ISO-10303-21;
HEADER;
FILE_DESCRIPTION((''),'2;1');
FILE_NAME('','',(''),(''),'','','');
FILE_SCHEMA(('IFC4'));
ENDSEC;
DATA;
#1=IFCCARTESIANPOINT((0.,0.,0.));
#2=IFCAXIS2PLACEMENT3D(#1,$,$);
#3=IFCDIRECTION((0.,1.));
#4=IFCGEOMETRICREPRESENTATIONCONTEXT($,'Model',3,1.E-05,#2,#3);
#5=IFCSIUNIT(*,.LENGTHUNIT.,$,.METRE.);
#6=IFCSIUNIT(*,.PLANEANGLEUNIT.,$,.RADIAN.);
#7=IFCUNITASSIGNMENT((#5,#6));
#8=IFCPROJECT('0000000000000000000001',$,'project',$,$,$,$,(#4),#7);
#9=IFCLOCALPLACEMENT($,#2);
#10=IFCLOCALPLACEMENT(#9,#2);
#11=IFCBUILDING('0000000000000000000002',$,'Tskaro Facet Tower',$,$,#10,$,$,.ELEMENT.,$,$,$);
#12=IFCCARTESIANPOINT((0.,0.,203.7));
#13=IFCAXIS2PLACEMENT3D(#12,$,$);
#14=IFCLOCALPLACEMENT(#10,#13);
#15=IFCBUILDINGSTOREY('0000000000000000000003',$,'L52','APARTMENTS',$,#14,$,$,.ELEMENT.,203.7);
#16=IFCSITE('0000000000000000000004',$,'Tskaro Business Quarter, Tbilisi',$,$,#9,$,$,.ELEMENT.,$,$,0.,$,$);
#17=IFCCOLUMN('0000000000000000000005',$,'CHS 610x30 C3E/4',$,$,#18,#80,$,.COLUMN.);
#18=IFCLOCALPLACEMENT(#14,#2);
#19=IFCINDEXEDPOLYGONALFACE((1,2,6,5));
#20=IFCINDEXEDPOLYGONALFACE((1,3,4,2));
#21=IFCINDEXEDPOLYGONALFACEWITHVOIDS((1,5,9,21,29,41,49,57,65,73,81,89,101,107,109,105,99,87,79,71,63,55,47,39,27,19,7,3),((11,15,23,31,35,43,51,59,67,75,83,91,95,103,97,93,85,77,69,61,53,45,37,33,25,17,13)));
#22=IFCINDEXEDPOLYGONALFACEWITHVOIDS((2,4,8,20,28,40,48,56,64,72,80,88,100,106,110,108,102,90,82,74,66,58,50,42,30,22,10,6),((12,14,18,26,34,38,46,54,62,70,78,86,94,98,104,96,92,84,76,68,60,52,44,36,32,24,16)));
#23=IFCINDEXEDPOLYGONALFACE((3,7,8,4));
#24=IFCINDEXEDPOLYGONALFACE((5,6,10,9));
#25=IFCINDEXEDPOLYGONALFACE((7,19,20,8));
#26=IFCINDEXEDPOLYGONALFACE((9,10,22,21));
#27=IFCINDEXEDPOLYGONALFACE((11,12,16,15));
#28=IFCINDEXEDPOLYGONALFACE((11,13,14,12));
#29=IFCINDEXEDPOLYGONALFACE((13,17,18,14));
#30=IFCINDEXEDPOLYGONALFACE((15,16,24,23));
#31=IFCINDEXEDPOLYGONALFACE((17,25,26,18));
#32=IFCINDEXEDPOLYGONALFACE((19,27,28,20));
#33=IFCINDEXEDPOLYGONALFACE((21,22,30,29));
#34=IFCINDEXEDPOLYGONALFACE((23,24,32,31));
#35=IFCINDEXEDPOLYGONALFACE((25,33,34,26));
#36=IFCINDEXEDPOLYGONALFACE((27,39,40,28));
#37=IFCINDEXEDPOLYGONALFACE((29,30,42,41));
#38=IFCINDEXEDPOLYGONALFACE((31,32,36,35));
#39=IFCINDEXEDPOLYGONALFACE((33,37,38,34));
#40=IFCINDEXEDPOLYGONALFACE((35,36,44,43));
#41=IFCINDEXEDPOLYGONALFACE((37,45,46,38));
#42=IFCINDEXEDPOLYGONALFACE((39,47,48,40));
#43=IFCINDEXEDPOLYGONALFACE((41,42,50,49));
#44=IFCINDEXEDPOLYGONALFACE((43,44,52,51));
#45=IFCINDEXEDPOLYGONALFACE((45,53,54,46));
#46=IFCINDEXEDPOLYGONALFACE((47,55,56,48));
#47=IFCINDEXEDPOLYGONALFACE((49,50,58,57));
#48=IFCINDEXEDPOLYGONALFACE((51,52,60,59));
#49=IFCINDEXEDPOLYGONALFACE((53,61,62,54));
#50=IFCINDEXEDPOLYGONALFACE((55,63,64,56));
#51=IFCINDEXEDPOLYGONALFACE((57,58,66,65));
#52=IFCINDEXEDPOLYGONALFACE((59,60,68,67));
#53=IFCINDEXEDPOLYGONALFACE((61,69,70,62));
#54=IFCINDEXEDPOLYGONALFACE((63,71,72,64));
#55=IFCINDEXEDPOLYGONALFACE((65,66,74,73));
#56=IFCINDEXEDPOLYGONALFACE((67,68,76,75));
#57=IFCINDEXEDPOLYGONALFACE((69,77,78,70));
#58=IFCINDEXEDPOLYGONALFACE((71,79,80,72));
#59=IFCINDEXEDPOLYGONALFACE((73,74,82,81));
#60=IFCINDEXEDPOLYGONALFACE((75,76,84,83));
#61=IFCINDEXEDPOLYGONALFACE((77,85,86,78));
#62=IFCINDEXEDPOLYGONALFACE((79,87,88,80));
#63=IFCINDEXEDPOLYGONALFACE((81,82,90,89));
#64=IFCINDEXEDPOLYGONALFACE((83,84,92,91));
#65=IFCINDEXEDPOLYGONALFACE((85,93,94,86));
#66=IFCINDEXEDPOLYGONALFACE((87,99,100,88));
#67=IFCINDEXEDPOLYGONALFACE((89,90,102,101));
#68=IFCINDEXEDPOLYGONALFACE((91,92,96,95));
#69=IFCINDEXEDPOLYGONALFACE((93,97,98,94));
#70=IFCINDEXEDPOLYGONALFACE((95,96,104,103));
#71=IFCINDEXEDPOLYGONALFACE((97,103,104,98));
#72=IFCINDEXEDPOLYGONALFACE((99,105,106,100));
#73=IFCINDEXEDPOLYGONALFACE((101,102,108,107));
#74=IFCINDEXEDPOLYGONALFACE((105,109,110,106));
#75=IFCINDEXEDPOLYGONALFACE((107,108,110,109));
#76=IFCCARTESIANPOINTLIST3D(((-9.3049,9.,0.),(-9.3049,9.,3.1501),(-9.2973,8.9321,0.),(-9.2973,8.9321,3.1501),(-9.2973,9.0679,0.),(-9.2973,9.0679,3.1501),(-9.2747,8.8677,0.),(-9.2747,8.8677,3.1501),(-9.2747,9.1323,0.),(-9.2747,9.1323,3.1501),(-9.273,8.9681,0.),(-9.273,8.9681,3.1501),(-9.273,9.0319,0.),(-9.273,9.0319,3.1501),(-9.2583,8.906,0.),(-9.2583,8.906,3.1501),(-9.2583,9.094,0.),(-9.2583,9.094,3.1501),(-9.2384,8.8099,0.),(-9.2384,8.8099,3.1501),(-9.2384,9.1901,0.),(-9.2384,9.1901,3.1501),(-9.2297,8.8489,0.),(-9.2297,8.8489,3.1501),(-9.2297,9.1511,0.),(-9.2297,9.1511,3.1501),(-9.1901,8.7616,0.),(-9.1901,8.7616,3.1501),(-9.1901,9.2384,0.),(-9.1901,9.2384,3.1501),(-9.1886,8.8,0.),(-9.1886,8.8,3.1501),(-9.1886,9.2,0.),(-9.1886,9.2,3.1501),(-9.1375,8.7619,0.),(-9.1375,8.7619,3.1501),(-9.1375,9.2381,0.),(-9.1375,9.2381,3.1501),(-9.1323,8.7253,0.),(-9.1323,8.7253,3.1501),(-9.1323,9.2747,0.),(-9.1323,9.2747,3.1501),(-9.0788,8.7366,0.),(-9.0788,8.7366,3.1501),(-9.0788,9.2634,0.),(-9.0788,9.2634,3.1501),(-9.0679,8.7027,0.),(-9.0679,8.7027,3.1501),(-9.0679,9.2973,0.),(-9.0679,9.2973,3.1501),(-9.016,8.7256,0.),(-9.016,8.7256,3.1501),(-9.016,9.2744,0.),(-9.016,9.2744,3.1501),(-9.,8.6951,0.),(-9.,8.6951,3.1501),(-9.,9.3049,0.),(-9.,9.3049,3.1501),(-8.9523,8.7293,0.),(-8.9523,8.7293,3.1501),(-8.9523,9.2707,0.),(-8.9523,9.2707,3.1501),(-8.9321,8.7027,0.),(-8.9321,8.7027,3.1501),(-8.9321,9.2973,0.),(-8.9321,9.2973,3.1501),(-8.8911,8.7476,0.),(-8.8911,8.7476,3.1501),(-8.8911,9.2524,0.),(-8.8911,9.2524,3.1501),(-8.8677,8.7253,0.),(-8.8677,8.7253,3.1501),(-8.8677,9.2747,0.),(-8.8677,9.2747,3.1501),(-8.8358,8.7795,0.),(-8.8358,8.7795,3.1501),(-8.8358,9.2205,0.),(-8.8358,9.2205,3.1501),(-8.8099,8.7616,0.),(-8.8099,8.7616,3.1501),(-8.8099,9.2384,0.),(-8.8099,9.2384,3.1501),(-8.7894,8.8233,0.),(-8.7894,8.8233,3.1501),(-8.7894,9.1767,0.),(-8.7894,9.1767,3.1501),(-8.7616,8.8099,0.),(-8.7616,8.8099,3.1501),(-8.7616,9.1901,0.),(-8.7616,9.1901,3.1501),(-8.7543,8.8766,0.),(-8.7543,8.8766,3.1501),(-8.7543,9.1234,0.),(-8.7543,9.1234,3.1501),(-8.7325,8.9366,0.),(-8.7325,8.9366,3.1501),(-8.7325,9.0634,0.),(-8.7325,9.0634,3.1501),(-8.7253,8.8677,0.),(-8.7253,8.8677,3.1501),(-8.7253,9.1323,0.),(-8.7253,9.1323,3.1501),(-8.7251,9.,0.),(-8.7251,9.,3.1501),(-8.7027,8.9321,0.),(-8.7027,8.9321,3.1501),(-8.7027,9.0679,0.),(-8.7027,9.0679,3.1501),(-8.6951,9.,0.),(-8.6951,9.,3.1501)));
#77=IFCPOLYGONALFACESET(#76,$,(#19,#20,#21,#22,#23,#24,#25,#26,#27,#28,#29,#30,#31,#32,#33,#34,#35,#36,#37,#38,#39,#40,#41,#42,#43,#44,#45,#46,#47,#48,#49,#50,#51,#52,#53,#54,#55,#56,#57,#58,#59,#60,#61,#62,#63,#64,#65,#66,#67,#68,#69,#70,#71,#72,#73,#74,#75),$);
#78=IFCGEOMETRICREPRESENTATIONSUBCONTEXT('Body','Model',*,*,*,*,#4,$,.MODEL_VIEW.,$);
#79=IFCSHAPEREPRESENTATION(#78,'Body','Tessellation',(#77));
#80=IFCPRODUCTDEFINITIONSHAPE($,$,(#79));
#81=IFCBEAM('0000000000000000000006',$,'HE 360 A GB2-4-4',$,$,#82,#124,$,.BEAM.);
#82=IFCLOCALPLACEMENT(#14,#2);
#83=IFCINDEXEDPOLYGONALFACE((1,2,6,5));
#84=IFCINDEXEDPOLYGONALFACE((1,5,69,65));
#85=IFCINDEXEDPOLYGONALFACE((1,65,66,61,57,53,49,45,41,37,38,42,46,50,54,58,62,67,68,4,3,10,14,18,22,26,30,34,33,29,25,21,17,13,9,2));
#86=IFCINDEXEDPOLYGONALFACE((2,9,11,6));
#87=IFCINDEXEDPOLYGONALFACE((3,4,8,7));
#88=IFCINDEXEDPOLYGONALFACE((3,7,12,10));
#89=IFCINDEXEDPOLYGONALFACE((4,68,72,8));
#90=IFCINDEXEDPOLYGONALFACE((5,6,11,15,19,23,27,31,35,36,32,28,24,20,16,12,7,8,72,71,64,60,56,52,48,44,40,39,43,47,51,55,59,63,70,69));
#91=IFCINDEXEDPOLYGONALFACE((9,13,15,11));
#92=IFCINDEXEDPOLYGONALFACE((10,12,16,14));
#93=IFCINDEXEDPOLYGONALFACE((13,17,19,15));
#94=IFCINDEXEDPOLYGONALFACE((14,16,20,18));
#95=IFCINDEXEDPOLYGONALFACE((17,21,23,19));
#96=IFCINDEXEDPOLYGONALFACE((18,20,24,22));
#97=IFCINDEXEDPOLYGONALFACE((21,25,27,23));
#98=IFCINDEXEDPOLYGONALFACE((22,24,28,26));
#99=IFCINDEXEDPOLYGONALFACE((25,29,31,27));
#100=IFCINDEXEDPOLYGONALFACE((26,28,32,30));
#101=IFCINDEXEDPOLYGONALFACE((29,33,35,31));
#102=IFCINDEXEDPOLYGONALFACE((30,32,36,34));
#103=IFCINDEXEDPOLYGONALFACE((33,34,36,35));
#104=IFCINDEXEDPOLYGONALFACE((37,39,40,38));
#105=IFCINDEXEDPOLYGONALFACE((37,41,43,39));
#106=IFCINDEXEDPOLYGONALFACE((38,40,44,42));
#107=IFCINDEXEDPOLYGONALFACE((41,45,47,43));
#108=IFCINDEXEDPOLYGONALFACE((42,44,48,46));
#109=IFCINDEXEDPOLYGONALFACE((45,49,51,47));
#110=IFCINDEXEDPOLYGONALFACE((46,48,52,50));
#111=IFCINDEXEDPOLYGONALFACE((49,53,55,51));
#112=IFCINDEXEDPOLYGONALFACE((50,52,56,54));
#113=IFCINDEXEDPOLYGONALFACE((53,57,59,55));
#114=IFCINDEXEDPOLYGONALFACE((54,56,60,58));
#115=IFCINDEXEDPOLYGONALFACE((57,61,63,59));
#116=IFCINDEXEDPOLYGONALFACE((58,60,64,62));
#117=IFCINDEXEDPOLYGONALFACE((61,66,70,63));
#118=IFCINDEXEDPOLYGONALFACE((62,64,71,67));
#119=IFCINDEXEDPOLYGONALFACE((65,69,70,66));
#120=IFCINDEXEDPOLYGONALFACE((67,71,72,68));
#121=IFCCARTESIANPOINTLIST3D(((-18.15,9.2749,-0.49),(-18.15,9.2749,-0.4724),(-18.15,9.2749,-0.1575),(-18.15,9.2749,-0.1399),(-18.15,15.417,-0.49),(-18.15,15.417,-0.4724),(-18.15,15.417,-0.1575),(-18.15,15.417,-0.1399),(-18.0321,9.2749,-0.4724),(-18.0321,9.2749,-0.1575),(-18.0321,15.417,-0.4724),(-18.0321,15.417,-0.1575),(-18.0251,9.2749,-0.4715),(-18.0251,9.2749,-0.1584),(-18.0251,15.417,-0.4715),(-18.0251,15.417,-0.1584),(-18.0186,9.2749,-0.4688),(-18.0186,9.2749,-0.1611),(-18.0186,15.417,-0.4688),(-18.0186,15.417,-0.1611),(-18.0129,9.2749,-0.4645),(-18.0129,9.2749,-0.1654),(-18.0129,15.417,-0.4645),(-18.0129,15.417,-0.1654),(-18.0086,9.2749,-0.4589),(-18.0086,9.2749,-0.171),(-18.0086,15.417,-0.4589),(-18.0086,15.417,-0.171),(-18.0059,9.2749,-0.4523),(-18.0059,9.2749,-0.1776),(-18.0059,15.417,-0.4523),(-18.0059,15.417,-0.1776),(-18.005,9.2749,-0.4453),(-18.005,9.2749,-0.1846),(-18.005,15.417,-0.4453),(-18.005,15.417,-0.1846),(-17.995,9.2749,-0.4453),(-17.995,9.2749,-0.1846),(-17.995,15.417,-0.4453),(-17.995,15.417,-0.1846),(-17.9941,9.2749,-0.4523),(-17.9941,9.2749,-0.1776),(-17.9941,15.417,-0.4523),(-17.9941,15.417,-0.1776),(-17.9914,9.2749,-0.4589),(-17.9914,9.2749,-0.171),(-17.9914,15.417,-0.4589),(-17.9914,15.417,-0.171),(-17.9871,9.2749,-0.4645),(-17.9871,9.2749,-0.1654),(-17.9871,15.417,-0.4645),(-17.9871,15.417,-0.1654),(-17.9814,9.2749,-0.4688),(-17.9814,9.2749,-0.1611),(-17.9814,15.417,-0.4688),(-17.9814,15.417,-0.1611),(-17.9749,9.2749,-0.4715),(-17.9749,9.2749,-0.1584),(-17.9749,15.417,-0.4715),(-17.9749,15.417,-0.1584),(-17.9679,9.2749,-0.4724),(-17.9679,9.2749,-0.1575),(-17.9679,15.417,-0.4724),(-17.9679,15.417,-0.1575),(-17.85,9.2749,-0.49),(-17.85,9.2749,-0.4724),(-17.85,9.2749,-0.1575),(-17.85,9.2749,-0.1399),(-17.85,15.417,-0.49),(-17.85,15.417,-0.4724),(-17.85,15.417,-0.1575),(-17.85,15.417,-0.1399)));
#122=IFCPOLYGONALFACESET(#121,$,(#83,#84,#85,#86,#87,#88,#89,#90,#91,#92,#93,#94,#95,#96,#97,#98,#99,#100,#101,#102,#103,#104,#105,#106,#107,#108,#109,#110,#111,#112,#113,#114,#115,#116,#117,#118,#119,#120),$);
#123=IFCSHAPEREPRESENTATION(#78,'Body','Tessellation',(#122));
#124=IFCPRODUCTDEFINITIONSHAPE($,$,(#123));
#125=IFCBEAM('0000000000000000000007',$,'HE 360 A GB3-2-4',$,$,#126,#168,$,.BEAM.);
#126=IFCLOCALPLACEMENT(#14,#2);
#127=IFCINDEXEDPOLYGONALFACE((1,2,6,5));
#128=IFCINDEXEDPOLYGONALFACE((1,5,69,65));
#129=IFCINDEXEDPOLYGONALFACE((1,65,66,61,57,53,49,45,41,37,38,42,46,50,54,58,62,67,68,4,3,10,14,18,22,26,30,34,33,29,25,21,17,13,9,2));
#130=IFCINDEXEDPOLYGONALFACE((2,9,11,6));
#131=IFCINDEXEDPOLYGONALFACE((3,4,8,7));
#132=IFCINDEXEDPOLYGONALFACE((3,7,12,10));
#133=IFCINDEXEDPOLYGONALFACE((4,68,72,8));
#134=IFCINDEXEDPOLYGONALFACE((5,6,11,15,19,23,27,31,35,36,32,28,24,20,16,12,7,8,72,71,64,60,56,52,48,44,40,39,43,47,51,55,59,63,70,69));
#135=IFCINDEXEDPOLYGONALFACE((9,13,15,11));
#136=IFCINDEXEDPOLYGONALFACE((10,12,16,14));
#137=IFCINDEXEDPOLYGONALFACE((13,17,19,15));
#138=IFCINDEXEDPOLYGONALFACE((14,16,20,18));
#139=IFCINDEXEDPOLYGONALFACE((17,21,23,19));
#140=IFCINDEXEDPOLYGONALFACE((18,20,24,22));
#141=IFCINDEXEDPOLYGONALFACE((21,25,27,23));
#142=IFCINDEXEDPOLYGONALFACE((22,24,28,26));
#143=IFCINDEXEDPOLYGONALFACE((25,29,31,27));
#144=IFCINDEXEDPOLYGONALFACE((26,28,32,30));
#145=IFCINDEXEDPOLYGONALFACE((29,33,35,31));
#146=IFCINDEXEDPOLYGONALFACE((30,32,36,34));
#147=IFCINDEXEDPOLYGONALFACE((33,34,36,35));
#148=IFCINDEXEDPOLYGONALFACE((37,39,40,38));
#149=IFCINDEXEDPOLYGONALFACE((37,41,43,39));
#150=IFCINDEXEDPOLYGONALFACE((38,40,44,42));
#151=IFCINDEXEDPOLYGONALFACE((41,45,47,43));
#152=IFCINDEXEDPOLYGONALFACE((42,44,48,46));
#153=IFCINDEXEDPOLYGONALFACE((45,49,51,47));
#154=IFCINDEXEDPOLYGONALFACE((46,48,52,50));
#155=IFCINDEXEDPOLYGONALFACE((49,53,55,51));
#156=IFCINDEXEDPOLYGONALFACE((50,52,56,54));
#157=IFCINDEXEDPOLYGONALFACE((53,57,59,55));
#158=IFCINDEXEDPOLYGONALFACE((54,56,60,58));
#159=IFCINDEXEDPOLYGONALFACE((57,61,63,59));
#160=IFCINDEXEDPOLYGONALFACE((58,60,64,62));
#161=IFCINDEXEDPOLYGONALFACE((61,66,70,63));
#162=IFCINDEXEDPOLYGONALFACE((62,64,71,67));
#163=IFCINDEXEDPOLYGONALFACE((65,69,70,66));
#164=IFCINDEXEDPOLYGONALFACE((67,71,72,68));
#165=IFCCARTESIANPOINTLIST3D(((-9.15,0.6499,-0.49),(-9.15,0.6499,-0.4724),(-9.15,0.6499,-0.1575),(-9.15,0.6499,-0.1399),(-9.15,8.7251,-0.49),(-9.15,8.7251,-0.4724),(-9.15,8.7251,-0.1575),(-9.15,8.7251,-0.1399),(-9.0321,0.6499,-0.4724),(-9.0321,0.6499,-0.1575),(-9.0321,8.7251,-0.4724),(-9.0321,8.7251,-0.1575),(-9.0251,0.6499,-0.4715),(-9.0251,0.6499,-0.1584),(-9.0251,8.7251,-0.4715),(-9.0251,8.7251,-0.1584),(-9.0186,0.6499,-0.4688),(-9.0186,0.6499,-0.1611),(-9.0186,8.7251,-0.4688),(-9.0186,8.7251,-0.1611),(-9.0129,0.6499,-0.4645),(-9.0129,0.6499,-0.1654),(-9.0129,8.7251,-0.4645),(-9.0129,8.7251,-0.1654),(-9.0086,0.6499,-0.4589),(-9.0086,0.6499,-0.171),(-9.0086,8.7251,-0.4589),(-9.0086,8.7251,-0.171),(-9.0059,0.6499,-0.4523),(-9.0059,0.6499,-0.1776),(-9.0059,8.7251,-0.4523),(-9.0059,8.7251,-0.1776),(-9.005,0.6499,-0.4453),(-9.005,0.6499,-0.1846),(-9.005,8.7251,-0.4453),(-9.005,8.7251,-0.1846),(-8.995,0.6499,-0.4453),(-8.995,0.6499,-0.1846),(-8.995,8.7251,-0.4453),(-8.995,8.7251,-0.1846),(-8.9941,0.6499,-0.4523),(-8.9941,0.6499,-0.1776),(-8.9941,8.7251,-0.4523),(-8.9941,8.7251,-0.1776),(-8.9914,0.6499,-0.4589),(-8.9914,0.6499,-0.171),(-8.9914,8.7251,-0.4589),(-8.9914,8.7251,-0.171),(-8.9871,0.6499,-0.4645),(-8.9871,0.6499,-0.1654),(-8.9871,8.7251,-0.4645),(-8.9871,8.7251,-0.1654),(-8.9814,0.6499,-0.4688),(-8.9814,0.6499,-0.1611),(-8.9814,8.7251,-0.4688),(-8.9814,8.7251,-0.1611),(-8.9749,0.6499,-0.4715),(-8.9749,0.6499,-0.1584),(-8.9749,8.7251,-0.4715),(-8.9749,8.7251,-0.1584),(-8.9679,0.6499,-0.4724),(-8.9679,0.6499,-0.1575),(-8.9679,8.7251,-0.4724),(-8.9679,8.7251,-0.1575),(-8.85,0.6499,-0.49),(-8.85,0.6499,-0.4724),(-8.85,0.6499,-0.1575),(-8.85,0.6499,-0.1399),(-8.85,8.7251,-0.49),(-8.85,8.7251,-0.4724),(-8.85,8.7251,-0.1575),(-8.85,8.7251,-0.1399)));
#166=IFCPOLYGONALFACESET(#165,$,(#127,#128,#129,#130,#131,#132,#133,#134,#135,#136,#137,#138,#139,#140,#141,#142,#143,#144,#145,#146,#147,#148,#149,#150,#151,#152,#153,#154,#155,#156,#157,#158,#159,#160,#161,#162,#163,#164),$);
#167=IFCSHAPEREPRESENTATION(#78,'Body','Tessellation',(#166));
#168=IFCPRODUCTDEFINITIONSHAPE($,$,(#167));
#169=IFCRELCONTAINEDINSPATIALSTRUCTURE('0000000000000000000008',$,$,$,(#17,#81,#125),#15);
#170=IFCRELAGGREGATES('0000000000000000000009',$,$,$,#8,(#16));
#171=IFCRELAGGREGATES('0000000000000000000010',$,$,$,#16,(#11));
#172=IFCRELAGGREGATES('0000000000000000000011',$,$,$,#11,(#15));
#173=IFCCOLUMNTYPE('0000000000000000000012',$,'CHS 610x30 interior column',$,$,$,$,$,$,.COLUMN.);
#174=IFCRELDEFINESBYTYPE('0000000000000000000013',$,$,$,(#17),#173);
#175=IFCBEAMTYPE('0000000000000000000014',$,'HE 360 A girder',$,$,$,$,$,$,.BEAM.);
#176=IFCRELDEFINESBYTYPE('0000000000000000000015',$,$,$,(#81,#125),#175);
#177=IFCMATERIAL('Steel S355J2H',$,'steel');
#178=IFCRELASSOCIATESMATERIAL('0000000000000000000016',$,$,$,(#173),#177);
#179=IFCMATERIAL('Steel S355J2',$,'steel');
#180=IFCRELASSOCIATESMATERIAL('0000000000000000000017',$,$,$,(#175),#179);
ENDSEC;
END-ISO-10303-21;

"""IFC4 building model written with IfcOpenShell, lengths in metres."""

from ifc_helpers import new_model, si_unit, direction, frame, origin, origin_2d, place, context, subcontext, project, spatial, hollow_circle, i_section, extrude, material, material_profile, profile_set, type_object, element, save


model = new_model("IFC4")

# Units and contexts
model_context = context("Model", 3, precision=1e-05, world=origin(), true_north=direction((0.0, 1.0)))
body_context = subcontext(model_context, "Body", "Model", "MODEL_VIEW")
ifc_project = project(units=[si_unit("LENGTHUNIT", "METRE"), si_unit("PLANEANGLEUNIT", "RADIAN")], contexts=[model_context])

# Site, building, storey
site_placement = place(None, origin())
site = spatial("IfcSite", under=ifc_project, at=site_placement, Name="Tskaro Business Quarter, Tbilisi", CompositionType="ELEMENT", RefElevation=0.0)
building_placement = place(site_placement, origin())
building = spatial("IfcBuilding", under=site, at=building_placement, Name="Tskaro Facet Tower", CompositionType="ELEMENT")
storey_placement = place(building_placement, frame((0.0, 0.0, 203.7)))
storey = spatial("IfcBuildingStorey", under=building, at=storey_placement, Name="L52", Description="APARTMENTS", CompositionType="ELEMENT", Elevation=203.7)

# Column
ifc_material_1 = material(Name="Steel S355J2H", Category="steel")
ifc_material_profile_1 = material_profile(ifc_material_1, hollow_circle(Radius=0.3049, WallThickness=0.03, at=origin_2d()), Name="CHS 610x30")
ifc_profile_set_1 = profile_set([ifc_material_profile_1], Name="Steel S355J2H")
column_type = type_object("IfcColumnType", Name="CHS 610x30 interior column", PredefinedType="COLUMN", material=ifc_profile_set_1)
column_placement = place(storey_placement, frame((-9.0, 9.0, 0.0), z_axis=(0.0, 0.0, 1.0), x_axis=(1.0, 0.0, 0.0)))
element("IfcColumn", 1, at=column_placement, inside=storey, type_object=column_type, Name="CHS 610x30 C3E/4", PredefinedType="COLUMN", context=body_context, shape_type="SweptSolid", body=[
    extrude(hollow_circle(Radius=0.3049, WallThickness=0.03, at=origin_2d()), origin(), (0.0, 0.0, 1.0), 3.1501),
])

# Beams
ifc_material_2 = material(Name="Steel S355J2", Category="steel")
ifc_material_profile_2 = material_profile(ifc_material_2, i_section(OverallWidth=0.3, OverallDepth=0.3501, WebThickness=0.01, FlangeThickness=0.0176, FilletRadius=0.0271, at=origin_2d()), Name="HE 360 A")
ifc_profile_set_2 = profile_set([ifc_material_profile_2], Name="Steel S355J2")
beam_type_1 = type_object("IfcBeamType", Name="HE 360 A girder", PredefinedType="BEAM", material=ifc_profile_set_2)
beam_1_placement = place(storey_placement, frame((-18.0, 9.2749, -0.3149), z_axis=(0.0, 1.0, 0.0), x_axis=(-1.0, 0.0, 0.0)))
element("IfcBeam", 2, at=beam_1_placement, inside=storey, type_object=beam_type_1, Name="HE 360 A GB2-4-4", PredefinedType="BEAM", context=body_context, shape_type="SweptSolid", body=[
    extrude(i_section(OverallWidth=0.3, OverallDepth=0.3501, WebThickness=0.01, FlangeThickness=0.0176, FilletRadius=0.0271, at=origin_2d()), origin(), (0.0, 0.0, 1.0), 6.1421),
])
beam_2_placement = place(storey_placement, frame((-9.0, 0.6499, -0.3149), z_axis=(0.0, 1.0, 0.0), x_axis=(-1.0, 0.0, 0.0)))
element("IfcBeam", 3, at=beam_2_placement, inside=storey, type_object=beam_type_1, Name="HE 360 A GB3-2-4", PredefinedType="BEAM", context=body_context, shape_type="SweptSolid", body=[
    extrude(i_section(OverallWidth=0.3, OverallDepth=0.3501, WebThickness=0.01, FlangeThickness=0.0176, FilletRadius=0.0271, at=origin_2d()), origin(), (0.0, 0.0, 1.0), 8.0752),
])

save(model, "model.ifc")
